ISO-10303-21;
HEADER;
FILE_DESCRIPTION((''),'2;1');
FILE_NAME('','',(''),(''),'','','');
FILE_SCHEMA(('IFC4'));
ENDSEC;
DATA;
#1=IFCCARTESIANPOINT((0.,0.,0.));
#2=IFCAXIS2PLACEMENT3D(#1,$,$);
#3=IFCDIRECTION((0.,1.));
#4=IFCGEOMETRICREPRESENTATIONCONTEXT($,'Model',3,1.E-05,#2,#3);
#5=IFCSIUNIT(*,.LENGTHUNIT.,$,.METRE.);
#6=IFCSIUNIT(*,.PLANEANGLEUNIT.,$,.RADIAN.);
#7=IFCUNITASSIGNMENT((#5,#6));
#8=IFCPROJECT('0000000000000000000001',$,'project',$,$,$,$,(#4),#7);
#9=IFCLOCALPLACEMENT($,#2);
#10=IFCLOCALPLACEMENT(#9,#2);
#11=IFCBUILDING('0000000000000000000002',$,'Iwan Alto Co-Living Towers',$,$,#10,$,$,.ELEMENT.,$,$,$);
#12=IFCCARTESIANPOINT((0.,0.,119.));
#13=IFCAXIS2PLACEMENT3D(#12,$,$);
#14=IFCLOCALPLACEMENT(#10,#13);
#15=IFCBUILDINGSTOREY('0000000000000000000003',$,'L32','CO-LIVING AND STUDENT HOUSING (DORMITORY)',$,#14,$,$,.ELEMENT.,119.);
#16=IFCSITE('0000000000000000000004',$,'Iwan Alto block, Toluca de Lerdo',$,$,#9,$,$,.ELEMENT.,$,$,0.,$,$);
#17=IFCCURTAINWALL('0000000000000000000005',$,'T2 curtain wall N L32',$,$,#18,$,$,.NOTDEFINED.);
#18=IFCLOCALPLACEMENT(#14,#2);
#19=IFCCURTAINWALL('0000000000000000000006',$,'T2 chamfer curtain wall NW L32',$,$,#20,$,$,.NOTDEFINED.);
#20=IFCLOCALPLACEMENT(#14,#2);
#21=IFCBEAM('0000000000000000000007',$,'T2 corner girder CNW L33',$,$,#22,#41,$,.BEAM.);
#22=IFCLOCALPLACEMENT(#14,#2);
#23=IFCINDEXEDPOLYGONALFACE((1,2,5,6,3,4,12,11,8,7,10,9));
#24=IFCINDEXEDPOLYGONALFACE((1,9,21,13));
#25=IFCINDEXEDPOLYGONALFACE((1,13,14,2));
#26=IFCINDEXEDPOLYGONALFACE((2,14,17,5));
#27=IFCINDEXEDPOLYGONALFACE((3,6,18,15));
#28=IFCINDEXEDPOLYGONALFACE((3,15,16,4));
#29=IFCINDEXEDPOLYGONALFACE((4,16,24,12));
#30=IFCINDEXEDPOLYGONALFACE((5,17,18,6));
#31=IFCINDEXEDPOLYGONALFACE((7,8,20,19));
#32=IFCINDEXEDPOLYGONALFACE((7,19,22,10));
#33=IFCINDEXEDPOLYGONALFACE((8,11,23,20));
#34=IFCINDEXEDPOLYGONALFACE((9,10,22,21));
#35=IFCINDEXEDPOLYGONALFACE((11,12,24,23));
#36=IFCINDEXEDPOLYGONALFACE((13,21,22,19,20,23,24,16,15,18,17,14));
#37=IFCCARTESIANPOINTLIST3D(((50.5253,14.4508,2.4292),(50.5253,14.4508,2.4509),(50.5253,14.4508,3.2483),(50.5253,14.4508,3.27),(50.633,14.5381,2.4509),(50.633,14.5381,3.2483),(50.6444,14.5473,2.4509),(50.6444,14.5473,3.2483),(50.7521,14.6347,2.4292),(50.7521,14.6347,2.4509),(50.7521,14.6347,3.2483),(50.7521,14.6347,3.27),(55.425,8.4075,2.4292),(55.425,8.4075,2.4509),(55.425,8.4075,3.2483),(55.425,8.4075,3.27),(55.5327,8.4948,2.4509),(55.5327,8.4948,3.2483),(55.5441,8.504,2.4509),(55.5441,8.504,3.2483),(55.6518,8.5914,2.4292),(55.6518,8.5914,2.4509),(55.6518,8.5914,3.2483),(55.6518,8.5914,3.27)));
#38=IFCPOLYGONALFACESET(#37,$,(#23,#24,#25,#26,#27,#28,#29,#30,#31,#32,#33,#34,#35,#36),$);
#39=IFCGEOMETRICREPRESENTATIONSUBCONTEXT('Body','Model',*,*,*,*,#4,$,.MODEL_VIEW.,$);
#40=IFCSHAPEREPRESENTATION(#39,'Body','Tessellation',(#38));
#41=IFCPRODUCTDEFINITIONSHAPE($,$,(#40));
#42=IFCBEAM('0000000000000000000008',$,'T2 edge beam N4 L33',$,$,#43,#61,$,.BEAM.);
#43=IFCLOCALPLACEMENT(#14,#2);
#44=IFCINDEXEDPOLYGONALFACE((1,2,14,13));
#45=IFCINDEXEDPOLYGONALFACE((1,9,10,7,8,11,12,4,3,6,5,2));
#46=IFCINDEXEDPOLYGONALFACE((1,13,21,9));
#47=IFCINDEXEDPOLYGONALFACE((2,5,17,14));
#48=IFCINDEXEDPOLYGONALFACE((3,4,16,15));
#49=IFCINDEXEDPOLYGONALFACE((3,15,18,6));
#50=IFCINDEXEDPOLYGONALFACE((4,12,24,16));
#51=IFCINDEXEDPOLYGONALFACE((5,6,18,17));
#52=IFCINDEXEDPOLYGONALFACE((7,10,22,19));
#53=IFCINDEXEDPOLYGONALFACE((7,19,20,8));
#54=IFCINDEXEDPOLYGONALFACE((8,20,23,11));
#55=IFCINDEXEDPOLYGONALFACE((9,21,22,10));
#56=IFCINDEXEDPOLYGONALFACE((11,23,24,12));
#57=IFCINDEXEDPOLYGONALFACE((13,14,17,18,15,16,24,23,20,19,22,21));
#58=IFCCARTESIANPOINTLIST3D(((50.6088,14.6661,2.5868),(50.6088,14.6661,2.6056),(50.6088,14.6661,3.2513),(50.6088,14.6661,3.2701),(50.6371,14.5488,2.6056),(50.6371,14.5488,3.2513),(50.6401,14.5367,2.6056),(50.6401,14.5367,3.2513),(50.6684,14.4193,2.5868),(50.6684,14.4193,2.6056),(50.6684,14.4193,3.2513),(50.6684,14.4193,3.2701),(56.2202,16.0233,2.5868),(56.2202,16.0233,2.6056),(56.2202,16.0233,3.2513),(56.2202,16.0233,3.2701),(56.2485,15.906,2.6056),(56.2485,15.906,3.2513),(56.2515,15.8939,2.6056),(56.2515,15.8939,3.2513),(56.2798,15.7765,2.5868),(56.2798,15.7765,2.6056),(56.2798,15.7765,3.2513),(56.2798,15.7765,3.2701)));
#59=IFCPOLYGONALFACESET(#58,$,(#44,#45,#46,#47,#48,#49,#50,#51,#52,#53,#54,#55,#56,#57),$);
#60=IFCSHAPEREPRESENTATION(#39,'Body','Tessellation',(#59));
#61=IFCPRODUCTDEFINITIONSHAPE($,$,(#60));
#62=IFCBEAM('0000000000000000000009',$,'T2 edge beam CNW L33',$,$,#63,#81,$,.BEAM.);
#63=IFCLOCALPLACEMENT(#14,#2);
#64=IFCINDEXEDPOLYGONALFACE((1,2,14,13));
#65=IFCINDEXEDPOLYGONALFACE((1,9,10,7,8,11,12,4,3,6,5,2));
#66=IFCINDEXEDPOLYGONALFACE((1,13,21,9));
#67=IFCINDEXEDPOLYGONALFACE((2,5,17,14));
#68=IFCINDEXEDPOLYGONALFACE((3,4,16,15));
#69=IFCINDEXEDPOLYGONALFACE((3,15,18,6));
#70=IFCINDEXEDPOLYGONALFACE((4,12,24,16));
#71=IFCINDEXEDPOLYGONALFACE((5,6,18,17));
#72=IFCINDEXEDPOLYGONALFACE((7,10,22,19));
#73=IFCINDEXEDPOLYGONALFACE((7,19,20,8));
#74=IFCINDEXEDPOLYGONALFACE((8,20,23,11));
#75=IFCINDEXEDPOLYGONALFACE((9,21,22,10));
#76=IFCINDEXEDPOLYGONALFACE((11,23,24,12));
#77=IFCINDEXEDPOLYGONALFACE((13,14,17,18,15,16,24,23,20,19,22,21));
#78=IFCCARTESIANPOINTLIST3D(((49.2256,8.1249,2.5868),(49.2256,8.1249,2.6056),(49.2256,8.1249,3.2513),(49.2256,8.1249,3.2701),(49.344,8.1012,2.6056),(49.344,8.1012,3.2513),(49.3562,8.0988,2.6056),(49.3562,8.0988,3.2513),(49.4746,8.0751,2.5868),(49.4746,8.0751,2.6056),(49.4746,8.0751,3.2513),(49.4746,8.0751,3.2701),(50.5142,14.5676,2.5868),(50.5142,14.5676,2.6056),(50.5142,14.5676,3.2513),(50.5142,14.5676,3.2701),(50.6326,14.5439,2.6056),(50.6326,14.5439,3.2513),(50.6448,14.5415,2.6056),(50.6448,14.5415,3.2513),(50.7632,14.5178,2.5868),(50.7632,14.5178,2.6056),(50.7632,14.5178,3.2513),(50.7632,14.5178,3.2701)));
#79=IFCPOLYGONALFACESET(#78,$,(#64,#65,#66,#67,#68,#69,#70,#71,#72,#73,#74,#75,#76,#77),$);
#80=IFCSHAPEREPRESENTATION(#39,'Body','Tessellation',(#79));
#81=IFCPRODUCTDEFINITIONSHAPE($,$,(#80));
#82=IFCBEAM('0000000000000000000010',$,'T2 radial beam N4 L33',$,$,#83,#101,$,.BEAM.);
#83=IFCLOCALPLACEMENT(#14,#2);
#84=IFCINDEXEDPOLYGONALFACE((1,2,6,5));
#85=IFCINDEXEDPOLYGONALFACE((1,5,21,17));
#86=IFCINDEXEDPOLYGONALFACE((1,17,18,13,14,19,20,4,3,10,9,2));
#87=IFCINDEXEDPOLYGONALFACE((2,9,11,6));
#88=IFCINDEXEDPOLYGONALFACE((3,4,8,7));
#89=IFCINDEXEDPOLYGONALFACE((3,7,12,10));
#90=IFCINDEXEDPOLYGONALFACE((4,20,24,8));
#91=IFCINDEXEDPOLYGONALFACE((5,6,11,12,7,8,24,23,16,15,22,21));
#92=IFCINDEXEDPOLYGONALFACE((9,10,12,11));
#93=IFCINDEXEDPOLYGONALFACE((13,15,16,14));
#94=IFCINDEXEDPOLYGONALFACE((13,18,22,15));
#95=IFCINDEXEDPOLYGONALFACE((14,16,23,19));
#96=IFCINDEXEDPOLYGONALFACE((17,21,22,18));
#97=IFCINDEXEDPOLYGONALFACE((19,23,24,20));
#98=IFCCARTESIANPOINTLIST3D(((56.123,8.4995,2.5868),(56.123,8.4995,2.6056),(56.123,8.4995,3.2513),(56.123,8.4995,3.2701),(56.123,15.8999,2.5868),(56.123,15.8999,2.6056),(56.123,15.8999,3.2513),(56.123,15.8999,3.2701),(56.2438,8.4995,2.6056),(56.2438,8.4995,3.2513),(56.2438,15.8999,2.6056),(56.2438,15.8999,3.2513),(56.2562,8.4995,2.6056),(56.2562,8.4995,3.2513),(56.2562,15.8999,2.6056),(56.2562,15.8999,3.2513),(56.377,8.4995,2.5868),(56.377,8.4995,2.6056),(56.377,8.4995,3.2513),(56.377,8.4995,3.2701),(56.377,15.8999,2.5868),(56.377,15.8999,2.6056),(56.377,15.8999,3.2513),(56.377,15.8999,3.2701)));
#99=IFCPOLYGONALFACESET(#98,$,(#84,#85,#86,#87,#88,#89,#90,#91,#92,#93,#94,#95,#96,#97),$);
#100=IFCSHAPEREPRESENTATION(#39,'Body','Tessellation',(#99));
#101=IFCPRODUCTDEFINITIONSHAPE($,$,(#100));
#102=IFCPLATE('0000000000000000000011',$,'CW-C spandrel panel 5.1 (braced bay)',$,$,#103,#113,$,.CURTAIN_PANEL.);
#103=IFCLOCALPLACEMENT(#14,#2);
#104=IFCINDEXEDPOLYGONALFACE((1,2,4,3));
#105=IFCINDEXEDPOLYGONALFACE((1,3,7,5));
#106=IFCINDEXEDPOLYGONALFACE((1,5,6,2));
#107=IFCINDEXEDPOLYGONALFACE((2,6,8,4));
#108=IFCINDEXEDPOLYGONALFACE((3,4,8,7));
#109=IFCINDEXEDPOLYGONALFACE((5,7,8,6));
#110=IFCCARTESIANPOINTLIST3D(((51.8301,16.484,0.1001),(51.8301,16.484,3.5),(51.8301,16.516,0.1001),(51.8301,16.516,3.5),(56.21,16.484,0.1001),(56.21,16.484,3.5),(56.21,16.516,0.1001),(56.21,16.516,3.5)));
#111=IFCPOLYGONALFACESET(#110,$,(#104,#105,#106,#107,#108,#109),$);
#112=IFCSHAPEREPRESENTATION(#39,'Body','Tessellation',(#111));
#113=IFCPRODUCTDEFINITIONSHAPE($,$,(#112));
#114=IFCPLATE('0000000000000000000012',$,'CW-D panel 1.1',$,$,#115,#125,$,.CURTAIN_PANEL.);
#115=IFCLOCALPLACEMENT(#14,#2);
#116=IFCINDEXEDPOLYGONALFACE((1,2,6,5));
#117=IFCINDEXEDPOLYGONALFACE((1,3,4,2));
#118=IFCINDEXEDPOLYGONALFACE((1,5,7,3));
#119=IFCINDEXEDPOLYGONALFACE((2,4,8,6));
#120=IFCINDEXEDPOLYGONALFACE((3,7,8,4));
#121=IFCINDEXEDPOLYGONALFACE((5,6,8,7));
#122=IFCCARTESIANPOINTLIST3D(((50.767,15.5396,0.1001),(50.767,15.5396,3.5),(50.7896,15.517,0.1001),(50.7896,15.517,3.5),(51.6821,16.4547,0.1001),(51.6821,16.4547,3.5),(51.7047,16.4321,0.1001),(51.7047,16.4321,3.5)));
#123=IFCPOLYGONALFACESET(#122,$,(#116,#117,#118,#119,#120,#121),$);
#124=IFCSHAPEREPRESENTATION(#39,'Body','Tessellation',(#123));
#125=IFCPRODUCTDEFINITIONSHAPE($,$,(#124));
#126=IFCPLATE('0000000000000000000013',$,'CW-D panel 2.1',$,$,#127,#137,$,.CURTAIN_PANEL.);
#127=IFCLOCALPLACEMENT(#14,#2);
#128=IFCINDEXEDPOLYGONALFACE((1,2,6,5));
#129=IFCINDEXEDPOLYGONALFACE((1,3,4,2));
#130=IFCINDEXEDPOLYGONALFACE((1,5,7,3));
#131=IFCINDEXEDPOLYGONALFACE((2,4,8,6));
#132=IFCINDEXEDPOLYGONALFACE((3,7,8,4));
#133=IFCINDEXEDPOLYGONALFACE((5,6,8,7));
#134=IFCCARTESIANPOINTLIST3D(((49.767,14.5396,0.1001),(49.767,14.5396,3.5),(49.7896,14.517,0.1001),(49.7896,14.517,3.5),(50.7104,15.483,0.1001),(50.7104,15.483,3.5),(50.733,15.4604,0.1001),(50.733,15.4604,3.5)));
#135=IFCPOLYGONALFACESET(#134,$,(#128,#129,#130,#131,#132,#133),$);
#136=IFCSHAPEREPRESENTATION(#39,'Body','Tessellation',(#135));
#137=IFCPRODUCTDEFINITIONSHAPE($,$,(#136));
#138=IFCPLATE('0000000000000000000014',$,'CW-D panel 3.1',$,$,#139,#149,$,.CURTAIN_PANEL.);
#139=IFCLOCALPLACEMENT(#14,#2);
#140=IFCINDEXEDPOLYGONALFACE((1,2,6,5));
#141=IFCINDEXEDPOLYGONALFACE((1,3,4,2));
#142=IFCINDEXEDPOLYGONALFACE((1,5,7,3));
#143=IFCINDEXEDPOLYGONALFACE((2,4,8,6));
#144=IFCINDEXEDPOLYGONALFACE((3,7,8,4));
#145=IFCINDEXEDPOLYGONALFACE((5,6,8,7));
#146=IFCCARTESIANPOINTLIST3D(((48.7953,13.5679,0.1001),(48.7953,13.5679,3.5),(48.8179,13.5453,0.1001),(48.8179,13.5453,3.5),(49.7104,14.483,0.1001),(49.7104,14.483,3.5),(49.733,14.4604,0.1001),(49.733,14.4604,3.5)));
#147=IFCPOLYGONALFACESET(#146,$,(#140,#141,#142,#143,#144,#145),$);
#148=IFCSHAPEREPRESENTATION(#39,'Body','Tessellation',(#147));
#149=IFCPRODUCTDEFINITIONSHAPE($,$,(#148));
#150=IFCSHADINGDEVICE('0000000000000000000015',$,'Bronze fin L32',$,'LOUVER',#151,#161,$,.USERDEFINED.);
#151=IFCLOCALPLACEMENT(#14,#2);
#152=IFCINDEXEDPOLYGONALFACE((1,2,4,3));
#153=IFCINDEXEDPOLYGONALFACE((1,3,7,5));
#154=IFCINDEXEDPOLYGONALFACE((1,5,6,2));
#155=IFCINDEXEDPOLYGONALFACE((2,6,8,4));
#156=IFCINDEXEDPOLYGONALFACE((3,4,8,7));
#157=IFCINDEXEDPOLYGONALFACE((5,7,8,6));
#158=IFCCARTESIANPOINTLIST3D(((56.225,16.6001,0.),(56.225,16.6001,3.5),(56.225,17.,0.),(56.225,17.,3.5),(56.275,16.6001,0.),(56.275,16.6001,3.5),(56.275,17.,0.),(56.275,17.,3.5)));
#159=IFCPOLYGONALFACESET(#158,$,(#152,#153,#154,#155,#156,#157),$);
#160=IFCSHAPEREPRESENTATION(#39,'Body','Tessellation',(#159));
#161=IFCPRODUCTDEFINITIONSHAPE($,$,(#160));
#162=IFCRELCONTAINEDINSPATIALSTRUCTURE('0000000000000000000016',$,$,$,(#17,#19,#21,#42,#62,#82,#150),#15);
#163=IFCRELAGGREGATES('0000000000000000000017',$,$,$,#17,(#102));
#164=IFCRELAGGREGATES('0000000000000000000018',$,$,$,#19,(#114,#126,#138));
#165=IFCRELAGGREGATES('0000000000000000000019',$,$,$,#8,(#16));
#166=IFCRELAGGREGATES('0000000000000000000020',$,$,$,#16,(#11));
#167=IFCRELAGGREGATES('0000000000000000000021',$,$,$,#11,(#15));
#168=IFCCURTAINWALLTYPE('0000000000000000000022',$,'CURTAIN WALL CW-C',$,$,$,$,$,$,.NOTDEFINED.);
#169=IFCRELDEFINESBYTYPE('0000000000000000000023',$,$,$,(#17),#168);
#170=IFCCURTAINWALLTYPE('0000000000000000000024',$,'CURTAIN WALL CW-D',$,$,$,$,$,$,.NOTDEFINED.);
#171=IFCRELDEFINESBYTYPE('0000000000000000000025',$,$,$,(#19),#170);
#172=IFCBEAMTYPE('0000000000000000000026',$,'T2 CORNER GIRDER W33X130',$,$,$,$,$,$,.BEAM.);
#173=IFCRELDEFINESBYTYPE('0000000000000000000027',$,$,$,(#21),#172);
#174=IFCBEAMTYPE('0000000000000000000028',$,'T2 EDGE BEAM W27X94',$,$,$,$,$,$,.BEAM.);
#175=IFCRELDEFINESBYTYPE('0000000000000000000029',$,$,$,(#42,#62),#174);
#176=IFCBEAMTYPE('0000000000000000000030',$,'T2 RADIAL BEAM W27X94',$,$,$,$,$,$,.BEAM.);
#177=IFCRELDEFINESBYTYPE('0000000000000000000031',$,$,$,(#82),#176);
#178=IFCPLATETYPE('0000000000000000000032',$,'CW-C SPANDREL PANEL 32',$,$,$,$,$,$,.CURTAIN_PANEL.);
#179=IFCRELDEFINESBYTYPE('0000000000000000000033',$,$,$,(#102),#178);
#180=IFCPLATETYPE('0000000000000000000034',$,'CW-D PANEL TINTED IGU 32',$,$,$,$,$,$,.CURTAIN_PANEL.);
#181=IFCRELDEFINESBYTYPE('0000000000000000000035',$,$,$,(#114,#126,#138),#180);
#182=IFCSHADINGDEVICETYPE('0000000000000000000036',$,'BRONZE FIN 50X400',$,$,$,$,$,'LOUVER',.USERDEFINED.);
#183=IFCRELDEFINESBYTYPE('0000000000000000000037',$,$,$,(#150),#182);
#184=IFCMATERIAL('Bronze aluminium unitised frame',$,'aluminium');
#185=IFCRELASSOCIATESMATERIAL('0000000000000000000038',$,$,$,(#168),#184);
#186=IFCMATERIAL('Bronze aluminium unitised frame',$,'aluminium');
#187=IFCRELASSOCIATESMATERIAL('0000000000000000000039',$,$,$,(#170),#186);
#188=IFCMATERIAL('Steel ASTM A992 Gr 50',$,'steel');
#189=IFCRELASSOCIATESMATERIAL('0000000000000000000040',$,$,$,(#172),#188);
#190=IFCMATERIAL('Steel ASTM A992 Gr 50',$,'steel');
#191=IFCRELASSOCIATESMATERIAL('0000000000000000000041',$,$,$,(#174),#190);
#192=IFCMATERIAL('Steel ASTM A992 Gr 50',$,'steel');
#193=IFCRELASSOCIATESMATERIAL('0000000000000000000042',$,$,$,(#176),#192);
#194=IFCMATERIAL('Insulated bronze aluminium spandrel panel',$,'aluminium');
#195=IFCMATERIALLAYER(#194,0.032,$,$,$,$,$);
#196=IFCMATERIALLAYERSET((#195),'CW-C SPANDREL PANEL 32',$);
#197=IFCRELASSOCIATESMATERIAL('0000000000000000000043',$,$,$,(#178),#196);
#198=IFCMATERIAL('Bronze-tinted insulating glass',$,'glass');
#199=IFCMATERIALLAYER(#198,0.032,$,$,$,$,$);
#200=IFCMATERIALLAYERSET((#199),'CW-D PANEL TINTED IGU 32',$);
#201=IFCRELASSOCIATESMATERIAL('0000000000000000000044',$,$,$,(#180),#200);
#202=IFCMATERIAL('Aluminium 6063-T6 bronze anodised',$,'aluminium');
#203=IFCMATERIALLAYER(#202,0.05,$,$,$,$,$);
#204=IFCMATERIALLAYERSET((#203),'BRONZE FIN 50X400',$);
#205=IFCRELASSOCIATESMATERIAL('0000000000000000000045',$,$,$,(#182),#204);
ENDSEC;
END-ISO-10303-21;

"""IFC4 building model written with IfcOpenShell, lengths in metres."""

from ifc_helpers import new_model, si_unit, direction, frame, origin, origin_2d, place, context, subcontext, project, spatial, rectangle, i_section, extrude, material, layer, layer_set, material_profile, profile_set, type_object, element, aggregate, save


model = new_model("IFC4")

# Units and contexts
model_context = context("Model", 3, precision=1e-05, world=origin(), true_north=direction((0.0, 1.0)))
body_context = subcontext(model_context, "Body", "Model", "MODEL_VIEW")
ifc_project = project(units=[si_unit("LENGTHUNIT", "METRE"), si_unit("PLANEANGLEUNIT", "RADIAN")], contexts=[model_context])

# Site, building, storey
site_placement = place(None, origin())
site = spatial("IfcSite", under=ifc_project, at=site_placement, Name="Iwan Alto block, Toluca de Lerdo", CompositionType="ELEMENT", RefElevation=0.0)
building_placement = place(site_placement, origin())
building = spatial("IfcBuilding", under=site, at=building_placement, Name="Iwan Alto Co-Living Towers", CompositionType="ELEMENT")
storey_placement = place(building_placement, frame((0.0, 0.0, 119.0)))
storey = spatial("IfcBuildingStorey", under=building, at=storey_placement, Name="L32", Description="CO-LIVING AND STUDENT HOUSING (DORMITORY)", CompositionType="ELEMENT", Elevation=119.0)

# Curtain walls
ifc_material_1 = material(Name="Bronze aluminium unitised frame", Category="aluminium")
curtain_wall_type_1 = type_object("IfcCurtainWallType", Name="CURTAIN WALL CW-C", PredefinedType="NOTDEFINED", material=ifc_material_1)
curtain_wall_1_placement = place(storey_placement, origin())
curtain_wall_1 = element("IfcCurtainWall", 1, at=curtain_wall_1_placement, inside=storey, type_object=curtain_wall_type_1, Name="T2 curtain wall N L32", PredefinedType="NOTDEFINED")
ifc_material_2 = material(Name="Bronze aluminium unitised frame", Category="aluminium")
curtain_wall_type_2 = type_object("IfcCurtainWallType", Name="CURTAIN WALL CW-D", PredefinedType="NOTDEFINED", material=ifc_material_2)
curtain_wall_2_placement = place(storey_placement, origin())
curtain_wall_2 = element("IfcCurtainWall", 2, at=curtain_wall_2_placement, inside=storey, type_object=curtain_wall_type_2, Name="T2 chamfer curtain wall NW L32", PredefinedType="NOTDEFINED")

# Beams
ifc_material_3 = material(Name="Steel ASTM A992 Gr 50", Category="steel")
ifc_material_profile_1 = material_profile(ifc_material_3, i_section(OverallWidth=0.292, OverallDepth=0.8408, WebThickness=0.0146, FlangeThickness=0.0217, at=origin_2d()), Name="W33X130")
ifc_profile_set_1 = profile_set([ifc_material_profile_1], Name="Steel ASTM A992 Gr 50")
beam_type_1 = type_object("IfcBeamType", Name="T2 CORNER GIRDER W33X130", PredefinedType="BEAM", material=ifc_profile_set_1)
beam_1_placement = place(storey_placement, frame((50.6387, 14.5427, 2.8496), z_axis=(0.629783, -0.776771, 0.0), x_axis=(0.776771, 0.629783, 0.0)))
element("IfcBeam", 3, at=beam_1_placement, inside=storey, type_object=beam_type_1, Name="T2 corner girder CNW L33", PredefinedType="BEAM", context=body_context, shape_type="SweptSolid", body=[
    extrude(i_section(OverallWidth=0.292, OverallDepth=0.8408, WebThickness=0.0146, FlangeThickness=0.0217, at=origin_2d()), origin(), (0.0, 0.0, 1.0), 7.78),
])
ifc_material_4 = material(Name="Steel ASTM A992 Gr 50", Category="steel")
ifc_material_profile_2 = material_profile(ifc_material_4, i_section(OverallWidth=0.2539, OverallDepth=0.6833, WebThickness=0.0125, FlangeThickness=0.0188, at=origin_2d()), Name="W27X94")
ifc_profile_set_2 = profile_set([ifc_material_profile_2], Name="Steel ASTM A992 Gr 50")
beam_type_2 = type_object("IfcBeamType", Name="T2 EDGE BEAM W27X94", PredefinedType="BEAM", material=ifc_profile_set_2)
beam_2_placement = place(storey_placement, frame((56.25, 15.8999, 2.9285), z_axis=(-0.971975, -0.235086, 0.0), x_axis=(0.235086, -0.971975, 0.0)))
element("IfcBeam", 4, at=beam_2_placement, inside=storey, type_object=beam_type_2, Name="T2 edge beam N4 L33", PredefinedType="BEAM", context=body_context, shape_type="SweptSolid", body=[
    extrude(i_section(OverallWidth=0.2539, OverallDepth=0.6833, WebThickness=0.0125, FlangeThickness=0.0188, at=origin_2d()), origin(), (0.0, 0.0, 1.0), 5.7732),
])
beam_3_placement = place(storey_placement, frame((50.6387, 14.5427, 2.9285), z_axis=(-0.196123, -0.980579, 0.0), x_axis=(0.980579, -0.196123, 0.0)))
element("IfcBeam", 5, at=beam_3_placement, inside=storey, type_object=beam_type_2, Name="T2 edge beam CNW L33", PredefinedType="BEAM", context=body_context, shape_type="SweptSolid", body=[
    extrude(i_section(OverallWidth=0.2539, OverallDepth=0.6833, WebThickness=0.0125, FlangeThickness=0.0188, at=origin_2d()), origin(), (0.0, 0.0, 1.0), 6.5703),
])
ifc_material_5 = material(Name="Steel ASTM A992 Gr 50", Category="steel")
ifc_material_profile_3 = material_profile(ifc_material_5, i_section(OverallWidth=0.2539, OverallDepth=0.6833, WebThickness=0.0125, FlangeThickness=0.0188, at=origin_2d()), Name="W27X94")
ifc_profile_set_3 = profile_set([ifc_material_profile_3], Name="Steel ASTM A992 Gr 50")
beam_type_3 = type_object("IfcBeamType", Name="T2 RADIAL BEAM W27X94", PredefinedType="BEAM", material=ifc_profile_set_3)
beam_4_placement = place(storey_placement, frame((56.25, 15.8999, 2.9285), z_axis=(0.0, -1.0, 0.0), x_axis=(1.0, 0.0, 0.0)))
element("IfcBeam", 6, at=beam_4_placement, inside=storey, type_object=beam_type_3, Name="T2 radial beam N4 L33", PredefinedType="BEAM", context=body_context, shape_type="SweptSolid", body=[
    extrude(i_section(OverallWidth=0.2539, OverallDepth=0.6833, WebThickness=0.0125, FlangeThickness=0.0188, at=origin_2d()), origin(), (0.0, 0.0, 1.0), 7.4004),
])

# Plates
ifc_material_6 = material(Name="Insulated bronze aluminium spandrel panel", Category="aluminium")
ifc_layer_1 = layer(ifc_material_6, 0.032)
ifc_layer_set_1 = layer_set([ifc_layer_1], Name="CW-C SPANDREL PANEL 32")
plate_type_1 = type_object("IfcPlateType", Name="CW-C SPANDREL PANEL 32", PredefinedType="CURTAIN_PANEL", material=ifc_layer_set_1)
plate_1_placement = place(storey_placement, frame((54.02, 16.5, 0.1001), z_axis=(0.0, 0.0, 1.0), x_axis=(-1.0, 0.0, 0.0)))
plate_1 = element("IfcPlate", 7, at=plate_1_placement, type_object=plate_type_1, Name="CW-C spandrel panel 5.1 (braced bay)", PredefinedType="CURTAIN_PANEL", context=body_context, shape_type="SweptSolid", body=[
    extrude(rectangle(XDim=4.3799, YDim=0.032, at=origin_2d()), origin(), (0.0, 0.0, 1.0), 3.3999),
])
aggregate(curtain_wall_1, [plate_1])
ifc_material_7 = material(Name="Bronze-tinted insulating glass", Category="glass")
ifc_layer_2 = layer(ifc_material_7, 0.032)
ifc_layer_set_2 = layer_set([ifc_layer_2], Name="CW-D PANEL TINTED IGU 32")
plate_type_2 = type_object("IfcPlateType", Name="CW-D PANEL TINTED IGU 32", PredefinedType="CURTAIN_PANEL", material=ifc_layer_set_2)
plate_2_placement = place(storey_placement, frame((51.2358, 15.9858, 0.1001), z_axis=(0.0, 0.0, 1.0), x_axis=(-0.707107, -0.707107, 0.0)))
plate_2 = element("IfcPlate", 8, at=plate_2_placement, type_object=plate_type_2, Name="CW-D panel 1.1", PredefinedType="CURTAIN_PANEL", context=body_context, shape_type="SweptSolid", body=[
    extrude(rectangle(XDim=1.2942, YDim=0.032, at=origin_2d()), origin(), (0.0, 0.0, 1.0), 3.3999),
])
plate_3_placement = place(storey_placement, frame((50.25, 15.0, 0.1001), z_axis=(0.0, 0.0, 1.0), x_axis=(-0.707107, -0.707107, 0.0)))
plate_3 = element("IfcPlate", 9, at=plate_3_placement, type_object=plate_type_2, Name="CW-D panel 2.1", PredefinedType="CURTAIN_PANEL", context=body_context, shape_type="SweptSolid", body=[
    extrude(rectangle(XDim=1.3342, YDim=0.032, at=origin_2d()), origin(), (0.0, 0.0, 1.0), 3.3999),
])
plate_4_placement = place(storey_placement, frame((49.2642, 14.0142, 0.1001), z_axis=(0.0, 0.0, 1.0), x_axis=(-0.707107, -0.707107, 0.0)))
plate_4 = element("IfcPlate", 10, at=plate_4_placement, type_object=plate_type_2, Name="CW-D panel 3.1", PredefinedType="CURTAIN_PANEL", context=body_context, shape_type="SweptSolid", body=[
    extrude(rectangle(XDim=1.2942, YDim=0.032, at=origin_2d()), origin(), (0.0, 0.0, 1.0), 3.3999),
])
aggregate(curtain_wall_2, [plate_2, plate_3, plate_4])

# Shading device
ifc_material_8 = material(Name="Aluminium 6063-T6 bronze anodised", Category="aluminium")
ifc_layer_3 = layer(ifc_material_8, 0.05)
ifc_layer_set_3 = layer_set([ifc_layer_3], Name="BRONZE FIN 50X400")
shading_device_type = type_object("IfcShadingDeviceType", Name="BRONZE FIN 50X400", ElementType="LOUVER", PredefinedType="USERDEFINED", material=ifc_layer_set_3)
shading_device_placement = place(storey_placement, frame((56.25, 16.8, 0.0), z_axis=(0.0, 0.0, 1.0), x_axis=(-1.0, 0.0, 0.0)))
element("IfcShadingDevice", 11, at=shading_device_placement, inside=storey, type_object=shading_device_type, Name="Bronze fin L32", ObjectType="LOUVER", PredefinedType="USERDEFINED", context=body_context, shape_type="SweptSolid", body=[
    extrude(rectangle(XDim=0.05, YDim=0.3999, at=origin_2d()), origin(), (0.0, 0.0, 1.0), 3.5),
])

save(model, "model.ifc")
